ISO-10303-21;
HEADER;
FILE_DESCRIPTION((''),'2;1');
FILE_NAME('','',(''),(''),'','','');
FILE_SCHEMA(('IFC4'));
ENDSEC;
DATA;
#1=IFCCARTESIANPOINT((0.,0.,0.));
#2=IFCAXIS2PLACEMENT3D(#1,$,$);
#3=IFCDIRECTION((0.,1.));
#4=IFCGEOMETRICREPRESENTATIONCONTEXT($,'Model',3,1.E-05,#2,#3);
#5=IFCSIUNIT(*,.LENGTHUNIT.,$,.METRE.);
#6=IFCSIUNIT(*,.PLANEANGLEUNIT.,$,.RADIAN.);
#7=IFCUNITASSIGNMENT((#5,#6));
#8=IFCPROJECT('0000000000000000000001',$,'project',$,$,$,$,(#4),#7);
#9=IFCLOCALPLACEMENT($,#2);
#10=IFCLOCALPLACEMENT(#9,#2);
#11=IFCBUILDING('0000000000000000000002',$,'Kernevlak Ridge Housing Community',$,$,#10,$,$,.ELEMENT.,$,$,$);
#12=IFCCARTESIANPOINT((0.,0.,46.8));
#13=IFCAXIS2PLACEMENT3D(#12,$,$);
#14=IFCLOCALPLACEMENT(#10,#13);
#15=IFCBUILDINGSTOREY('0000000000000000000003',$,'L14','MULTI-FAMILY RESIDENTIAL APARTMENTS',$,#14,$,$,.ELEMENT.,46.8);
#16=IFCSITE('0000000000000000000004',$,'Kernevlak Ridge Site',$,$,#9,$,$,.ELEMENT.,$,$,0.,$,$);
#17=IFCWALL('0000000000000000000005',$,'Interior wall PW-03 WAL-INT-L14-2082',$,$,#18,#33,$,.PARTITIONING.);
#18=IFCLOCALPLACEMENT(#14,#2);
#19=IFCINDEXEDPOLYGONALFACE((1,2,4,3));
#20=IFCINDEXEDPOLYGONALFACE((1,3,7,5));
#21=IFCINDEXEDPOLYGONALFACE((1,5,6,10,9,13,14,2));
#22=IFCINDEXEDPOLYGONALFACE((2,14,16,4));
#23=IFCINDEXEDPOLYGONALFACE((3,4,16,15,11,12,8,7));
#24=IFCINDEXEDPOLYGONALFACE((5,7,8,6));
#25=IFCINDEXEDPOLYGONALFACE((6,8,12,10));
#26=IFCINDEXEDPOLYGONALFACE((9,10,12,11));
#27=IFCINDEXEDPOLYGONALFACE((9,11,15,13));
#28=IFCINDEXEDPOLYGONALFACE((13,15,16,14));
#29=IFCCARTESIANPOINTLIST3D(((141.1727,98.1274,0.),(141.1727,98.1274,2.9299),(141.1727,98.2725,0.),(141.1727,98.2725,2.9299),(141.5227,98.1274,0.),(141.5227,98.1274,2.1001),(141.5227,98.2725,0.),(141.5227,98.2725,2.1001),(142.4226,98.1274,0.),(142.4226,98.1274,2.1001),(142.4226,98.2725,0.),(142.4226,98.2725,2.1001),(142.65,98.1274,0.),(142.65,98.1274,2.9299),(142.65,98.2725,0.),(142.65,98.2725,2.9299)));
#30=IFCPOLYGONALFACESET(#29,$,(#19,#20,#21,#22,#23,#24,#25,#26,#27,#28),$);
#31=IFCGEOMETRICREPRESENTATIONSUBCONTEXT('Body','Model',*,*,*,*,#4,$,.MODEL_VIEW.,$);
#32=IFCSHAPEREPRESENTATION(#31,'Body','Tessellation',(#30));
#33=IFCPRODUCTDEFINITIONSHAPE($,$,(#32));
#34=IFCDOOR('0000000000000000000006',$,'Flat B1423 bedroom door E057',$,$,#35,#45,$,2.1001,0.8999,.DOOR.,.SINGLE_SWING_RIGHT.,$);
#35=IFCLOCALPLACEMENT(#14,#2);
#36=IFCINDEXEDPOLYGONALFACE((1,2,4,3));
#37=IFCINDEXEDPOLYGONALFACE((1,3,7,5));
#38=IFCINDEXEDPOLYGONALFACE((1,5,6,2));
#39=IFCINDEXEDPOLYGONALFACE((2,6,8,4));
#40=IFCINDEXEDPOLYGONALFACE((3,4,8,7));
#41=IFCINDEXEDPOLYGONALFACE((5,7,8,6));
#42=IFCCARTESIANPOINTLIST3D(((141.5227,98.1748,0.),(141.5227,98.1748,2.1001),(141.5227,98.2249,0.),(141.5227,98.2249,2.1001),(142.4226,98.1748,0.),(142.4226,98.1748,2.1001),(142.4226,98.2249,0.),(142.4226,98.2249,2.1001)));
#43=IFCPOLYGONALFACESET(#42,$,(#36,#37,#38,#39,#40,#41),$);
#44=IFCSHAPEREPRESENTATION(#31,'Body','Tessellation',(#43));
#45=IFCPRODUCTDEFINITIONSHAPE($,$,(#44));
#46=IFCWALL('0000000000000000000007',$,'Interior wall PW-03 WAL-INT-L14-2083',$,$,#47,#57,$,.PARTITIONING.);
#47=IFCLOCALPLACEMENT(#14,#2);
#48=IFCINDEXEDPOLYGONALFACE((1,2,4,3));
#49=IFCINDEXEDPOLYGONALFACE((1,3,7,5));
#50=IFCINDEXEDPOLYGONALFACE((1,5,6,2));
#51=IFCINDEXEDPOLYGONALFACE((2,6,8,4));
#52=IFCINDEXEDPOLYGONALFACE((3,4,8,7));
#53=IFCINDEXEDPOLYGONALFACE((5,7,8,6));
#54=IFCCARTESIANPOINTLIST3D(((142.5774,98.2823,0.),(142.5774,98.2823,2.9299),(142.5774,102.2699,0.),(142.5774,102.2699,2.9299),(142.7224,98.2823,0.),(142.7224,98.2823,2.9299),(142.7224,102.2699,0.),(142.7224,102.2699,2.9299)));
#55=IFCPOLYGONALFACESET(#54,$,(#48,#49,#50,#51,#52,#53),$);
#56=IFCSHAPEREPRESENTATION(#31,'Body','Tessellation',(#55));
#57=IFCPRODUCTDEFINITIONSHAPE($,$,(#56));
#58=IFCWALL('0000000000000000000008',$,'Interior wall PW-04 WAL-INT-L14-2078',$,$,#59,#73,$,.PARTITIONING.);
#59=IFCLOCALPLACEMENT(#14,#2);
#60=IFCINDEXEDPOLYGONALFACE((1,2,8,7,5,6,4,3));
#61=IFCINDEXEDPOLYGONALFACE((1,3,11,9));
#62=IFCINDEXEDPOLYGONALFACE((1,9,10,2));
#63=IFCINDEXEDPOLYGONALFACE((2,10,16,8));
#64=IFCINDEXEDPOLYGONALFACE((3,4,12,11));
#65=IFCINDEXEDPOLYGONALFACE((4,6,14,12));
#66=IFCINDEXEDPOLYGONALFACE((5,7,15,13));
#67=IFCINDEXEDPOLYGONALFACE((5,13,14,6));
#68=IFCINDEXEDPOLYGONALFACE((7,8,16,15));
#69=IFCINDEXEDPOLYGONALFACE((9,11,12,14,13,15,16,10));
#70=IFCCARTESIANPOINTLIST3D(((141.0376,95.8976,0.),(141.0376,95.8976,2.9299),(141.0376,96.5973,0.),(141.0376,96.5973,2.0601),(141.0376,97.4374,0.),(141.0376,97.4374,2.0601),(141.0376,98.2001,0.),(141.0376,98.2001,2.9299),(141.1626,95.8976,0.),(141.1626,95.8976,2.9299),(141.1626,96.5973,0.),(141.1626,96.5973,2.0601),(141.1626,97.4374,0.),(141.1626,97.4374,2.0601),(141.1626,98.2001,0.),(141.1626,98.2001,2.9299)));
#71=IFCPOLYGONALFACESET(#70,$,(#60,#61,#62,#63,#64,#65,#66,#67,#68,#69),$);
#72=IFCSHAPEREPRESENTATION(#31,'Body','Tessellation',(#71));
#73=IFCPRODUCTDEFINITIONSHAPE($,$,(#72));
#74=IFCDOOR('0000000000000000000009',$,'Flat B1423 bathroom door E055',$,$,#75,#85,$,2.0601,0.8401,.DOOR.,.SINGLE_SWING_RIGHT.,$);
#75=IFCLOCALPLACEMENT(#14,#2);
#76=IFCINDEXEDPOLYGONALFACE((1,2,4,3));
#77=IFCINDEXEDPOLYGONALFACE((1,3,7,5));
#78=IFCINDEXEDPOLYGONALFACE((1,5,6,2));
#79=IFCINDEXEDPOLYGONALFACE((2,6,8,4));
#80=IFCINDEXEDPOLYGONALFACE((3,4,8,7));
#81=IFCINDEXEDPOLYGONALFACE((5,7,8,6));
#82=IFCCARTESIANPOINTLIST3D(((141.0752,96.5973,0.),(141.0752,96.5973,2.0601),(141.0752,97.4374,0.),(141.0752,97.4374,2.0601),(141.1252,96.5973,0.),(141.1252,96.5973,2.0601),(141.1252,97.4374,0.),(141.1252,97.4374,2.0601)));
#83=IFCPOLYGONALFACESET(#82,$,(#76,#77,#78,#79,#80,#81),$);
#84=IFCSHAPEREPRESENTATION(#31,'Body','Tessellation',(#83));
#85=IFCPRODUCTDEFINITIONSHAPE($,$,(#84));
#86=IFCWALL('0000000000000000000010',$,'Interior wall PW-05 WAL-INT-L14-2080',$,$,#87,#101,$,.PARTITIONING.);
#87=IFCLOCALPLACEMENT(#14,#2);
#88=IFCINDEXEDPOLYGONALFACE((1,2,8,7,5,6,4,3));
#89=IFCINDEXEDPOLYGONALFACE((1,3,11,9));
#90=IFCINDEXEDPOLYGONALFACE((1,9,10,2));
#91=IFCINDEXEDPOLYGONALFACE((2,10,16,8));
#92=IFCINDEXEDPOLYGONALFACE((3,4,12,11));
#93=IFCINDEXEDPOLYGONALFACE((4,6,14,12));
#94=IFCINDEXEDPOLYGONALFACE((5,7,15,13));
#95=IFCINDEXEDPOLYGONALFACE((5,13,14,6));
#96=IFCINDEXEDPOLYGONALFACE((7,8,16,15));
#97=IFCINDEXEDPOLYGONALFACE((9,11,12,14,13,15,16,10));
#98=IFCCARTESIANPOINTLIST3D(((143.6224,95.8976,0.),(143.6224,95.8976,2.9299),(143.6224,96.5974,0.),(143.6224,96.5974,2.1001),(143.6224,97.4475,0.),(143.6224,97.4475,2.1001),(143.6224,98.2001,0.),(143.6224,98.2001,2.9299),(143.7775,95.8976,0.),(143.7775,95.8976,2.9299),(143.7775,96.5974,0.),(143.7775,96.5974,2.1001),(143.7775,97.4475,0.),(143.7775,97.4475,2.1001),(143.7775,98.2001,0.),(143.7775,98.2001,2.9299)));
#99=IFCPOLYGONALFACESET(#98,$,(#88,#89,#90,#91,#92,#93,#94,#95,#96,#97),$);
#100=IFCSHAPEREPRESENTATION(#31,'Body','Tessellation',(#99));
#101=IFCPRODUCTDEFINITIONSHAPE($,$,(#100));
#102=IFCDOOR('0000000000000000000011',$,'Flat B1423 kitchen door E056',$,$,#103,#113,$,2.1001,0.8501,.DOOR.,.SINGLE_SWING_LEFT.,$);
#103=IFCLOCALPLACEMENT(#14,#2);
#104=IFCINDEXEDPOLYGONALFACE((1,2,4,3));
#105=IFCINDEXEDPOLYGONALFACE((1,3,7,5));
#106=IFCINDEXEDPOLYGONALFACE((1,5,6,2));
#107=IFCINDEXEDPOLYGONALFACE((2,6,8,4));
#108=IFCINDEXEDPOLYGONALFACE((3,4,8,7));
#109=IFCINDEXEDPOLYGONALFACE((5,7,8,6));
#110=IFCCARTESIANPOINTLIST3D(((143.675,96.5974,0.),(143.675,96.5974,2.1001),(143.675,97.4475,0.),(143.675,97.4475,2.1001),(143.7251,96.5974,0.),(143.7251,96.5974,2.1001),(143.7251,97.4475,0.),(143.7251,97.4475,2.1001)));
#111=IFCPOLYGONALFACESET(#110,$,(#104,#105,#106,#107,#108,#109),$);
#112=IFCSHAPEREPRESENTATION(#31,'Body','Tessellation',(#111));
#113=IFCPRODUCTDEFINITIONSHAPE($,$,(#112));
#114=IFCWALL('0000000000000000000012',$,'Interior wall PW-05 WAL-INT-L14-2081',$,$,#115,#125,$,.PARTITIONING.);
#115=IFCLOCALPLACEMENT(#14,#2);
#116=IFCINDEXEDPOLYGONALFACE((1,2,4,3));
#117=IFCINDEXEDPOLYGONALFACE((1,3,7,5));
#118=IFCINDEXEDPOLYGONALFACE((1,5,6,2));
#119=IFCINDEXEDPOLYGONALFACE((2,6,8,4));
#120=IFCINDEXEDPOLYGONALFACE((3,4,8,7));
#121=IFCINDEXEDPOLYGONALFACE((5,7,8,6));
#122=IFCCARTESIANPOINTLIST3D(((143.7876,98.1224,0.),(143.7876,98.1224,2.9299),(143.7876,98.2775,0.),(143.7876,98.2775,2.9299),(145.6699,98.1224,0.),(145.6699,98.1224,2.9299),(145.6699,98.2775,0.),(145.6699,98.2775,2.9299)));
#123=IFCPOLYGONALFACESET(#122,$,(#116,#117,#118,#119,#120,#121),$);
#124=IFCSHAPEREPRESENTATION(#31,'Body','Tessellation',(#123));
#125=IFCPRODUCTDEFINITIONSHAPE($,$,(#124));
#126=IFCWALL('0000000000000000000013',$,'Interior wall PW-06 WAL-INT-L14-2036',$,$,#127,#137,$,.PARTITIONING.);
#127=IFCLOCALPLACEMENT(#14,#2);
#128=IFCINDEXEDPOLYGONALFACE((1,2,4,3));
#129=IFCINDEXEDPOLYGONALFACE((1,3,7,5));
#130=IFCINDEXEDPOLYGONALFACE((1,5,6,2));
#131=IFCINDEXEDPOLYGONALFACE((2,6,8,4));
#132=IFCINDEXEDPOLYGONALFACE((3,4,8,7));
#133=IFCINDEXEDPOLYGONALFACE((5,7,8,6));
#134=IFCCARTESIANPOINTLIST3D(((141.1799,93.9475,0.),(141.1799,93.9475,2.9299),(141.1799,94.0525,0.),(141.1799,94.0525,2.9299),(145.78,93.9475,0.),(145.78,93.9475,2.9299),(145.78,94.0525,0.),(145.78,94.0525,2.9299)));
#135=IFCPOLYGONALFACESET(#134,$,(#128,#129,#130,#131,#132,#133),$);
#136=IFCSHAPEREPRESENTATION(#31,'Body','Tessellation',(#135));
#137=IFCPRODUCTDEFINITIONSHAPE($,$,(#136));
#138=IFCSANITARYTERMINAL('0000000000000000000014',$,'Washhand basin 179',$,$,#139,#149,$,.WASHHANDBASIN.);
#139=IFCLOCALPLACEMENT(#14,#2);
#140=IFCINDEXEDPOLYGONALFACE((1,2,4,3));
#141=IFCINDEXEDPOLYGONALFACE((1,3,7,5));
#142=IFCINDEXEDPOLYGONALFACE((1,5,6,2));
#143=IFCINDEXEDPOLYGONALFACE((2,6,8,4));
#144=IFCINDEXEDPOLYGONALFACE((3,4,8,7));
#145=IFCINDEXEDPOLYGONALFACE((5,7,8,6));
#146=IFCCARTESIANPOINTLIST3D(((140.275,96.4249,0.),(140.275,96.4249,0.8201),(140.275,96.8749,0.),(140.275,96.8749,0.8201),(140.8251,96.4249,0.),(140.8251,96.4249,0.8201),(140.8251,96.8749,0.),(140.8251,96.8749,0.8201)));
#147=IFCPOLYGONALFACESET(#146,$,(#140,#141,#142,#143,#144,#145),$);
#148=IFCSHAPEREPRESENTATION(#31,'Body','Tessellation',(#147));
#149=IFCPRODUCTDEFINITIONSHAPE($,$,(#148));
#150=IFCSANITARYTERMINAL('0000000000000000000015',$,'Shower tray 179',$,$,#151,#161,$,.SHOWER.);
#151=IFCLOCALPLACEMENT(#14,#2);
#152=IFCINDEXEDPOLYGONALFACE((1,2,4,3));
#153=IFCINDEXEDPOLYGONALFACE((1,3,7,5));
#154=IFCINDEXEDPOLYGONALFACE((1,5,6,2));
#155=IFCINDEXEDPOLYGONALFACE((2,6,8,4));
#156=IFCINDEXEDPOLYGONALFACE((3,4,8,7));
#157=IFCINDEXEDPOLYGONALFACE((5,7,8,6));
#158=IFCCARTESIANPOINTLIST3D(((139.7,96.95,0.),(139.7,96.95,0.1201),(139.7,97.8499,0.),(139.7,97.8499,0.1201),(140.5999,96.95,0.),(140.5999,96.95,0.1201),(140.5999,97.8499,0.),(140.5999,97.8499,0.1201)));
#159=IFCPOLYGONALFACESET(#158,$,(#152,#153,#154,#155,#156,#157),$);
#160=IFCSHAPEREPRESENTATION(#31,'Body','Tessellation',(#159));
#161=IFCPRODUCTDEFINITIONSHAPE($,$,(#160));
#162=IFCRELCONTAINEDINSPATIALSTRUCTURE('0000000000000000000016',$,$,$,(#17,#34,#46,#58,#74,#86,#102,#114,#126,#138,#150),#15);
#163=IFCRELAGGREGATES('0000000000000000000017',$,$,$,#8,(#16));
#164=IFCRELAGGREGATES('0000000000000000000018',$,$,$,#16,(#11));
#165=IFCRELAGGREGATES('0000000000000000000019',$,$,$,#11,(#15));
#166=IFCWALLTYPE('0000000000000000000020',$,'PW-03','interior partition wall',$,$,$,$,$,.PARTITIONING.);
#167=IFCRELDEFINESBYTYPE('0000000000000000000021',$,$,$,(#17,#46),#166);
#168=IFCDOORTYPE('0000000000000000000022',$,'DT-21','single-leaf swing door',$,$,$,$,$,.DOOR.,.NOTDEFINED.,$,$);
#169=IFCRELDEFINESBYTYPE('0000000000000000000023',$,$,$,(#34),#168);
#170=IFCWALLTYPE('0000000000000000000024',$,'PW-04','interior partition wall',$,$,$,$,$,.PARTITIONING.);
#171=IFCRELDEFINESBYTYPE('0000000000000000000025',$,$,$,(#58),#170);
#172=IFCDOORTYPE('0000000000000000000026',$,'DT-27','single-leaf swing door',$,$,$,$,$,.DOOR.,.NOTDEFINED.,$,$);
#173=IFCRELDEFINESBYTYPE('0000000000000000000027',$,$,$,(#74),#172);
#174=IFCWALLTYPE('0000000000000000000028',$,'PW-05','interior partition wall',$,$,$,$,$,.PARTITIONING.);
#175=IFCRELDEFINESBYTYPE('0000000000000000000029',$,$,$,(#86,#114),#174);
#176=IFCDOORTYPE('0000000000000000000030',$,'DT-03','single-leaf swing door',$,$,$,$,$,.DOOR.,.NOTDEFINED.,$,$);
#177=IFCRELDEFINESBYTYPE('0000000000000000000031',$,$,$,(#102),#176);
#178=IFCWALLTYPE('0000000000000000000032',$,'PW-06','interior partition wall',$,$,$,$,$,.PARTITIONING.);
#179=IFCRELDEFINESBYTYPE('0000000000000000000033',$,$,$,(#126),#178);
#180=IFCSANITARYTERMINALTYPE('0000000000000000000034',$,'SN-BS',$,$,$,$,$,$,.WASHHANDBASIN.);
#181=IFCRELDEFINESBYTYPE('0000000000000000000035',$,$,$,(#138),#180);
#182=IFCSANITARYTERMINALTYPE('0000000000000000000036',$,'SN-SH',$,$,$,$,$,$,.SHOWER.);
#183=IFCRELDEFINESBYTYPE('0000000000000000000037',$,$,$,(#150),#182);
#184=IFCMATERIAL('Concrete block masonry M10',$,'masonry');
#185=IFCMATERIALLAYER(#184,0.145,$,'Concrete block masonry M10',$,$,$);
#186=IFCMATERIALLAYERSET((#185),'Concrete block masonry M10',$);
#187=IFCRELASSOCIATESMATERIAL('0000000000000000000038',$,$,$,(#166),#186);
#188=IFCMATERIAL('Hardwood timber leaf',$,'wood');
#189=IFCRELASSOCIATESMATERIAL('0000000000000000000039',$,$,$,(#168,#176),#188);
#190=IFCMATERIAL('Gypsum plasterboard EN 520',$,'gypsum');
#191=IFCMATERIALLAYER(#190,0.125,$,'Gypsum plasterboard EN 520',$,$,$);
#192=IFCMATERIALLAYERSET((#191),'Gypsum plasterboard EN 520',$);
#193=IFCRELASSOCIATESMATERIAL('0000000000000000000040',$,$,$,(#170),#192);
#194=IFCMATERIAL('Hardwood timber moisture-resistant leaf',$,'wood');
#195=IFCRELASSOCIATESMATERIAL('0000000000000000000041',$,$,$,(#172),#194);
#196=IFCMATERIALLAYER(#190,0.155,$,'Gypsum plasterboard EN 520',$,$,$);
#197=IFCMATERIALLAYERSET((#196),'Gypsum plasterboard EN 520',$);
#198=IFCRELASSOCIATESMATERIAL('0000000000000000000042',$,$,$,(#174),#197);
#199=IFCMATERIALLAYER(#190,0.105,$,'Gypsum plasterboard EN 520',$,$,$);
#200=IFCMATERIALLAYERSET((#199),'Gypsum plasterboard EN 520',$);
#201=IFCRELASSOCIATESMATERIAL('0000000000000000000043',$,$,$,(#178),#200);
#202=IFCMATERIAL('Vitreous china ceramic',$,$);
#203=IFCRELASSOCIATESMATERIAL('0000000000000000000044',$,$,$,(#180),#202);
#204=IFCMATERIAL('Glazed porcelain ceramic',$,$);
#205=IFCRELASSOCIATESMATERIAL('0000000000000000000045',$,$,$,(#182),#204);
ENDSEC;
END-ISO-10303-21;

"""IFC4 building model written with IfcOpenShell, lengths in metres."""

from ifc_helpers import new_model, si_unit, direction, frame, frame_2d, origin, origin_2d, place, context, subcontext, project, spatial, rectangle, extrude, material, layer, layer_set, type_object, element, fill, save


model = new_model("IFC4")

# Units and contexts
model_context = context("Model", 3, precision=1e-05, world=origin(), true_north=direction((0.0, 1.0)))
body_context = subcontext(model_context, "Body", "Model", "MODEL_VIEW")
ifc_project = project(units=[si_unit("LENGTHUNIT", "METRE"), si_unit("PLANEANGLEUNIT", "RADIAN")], contexts=[model_context])

# Site, building, storey
site_placement = place(None, origin())
site = spatial("IfcSite", under=ifc_project, at=site_placement, Name="Kernevlak Ridge Site", CompositionType="ELEMENT", RefElevation=0.0)
building_placement = place(site_placement, origin())
building = spatial("IfcBuilding", under=site, at=building_placement, Name="Kernevlak Ridge Housing Community", CompositionType="ELEMENT")
storey_placement = place(building_placement, frame((0.0, 0.0, 46.8)))
storey = spatial("IfcBuildingStorey", under=building, at=storey_placement, Name="L14", Description="MULTI-FAMILY RESIDENTIAL APARTMENTS", CompositionType="ELEMENT", Elevation=46.8)

# Shared definitions
ifc_material_1 = material(Name="Concrete block masonry M10", Category="masonry")

# Wall, opening, door
ifc_layer_1 = layer(ifc_material_1, 0.145, Name="Concrete block masonry M10")
ifc_layer_set_1 = layer_set([ifc_layer_1], Name="Concrete block masonry M10")
wall_type_1 = type_object("IfcWallType", Name="PW-03", Description="interior partition wall", PredefinedType="PARTITIONING", material=ifc_layer_set_1)
wall_1_placement = place(storey_placement, frame((141.1726, 98.2, 0.0), z_axis=(0.0, 0.0, 1.0), x_axis=(1.0, 0.0, 0.0)))
wall_1 = element("IfcWall", 1, at=wall_1_placement, inside=storey, type_object=wall_type_1, Name="Interior wall PW-03 WAL-INT-L14-2082", PredefinedType="PARTITIONING", context=body_context, shape_type="SweptSolid", body=[
    extrude(rectangle(XDim=1.4773, YDim=0.145, at=frame_2d((0.7388, 0.0))), origin(), (0.0, 0.0, 1.0), 2.9299),
])
opening_1_placement = place(wall_1_placement, frame((0.3501, 0.0, 0.0)))
opening_1 = element("IfcOpeningElement", 2, at=opening_1_placement, cuts=wall_1, PredefinedType="OPENING", context=body_context, shape_type="SweptSolid", body=[
    extrude(rectangle(XDim=0.8999, YDim=2.1001, at=frame_2d((0.45, 1.05))), frame((0.0, 0.0825, 0.0), z_axis=(0.0, -1.0, 0.0), x_axis=(1.0, 0.0, 0.0)), (0.0, 0.0, 1.0), 0.165),
])
ifc_material_2 = material(Name="Hardwood timber leaf", Category="wood")
door_type_1 = type_object("IfcDoorType", Name="DT-21", Description="single-leaf swing door", OperationType="NOTDEFINED", PredefinedType="DOOR", material=ifc_material_2)
door_1_placement = place(opening_1_placement, origin())
door_1 = element("IfcDoor", 3, at=door_1_placement, inside=storey, type_object=door_type_1, Name="Flat B1423 bedroom door E057", OperationType="SINGLE_SWING_RIGHT", OverallHeight=2.1001, OverallWidth=0.8999, PredefinedType="DOOR", context=body_context, shape_type="SweptSolid", body=[
    extrude(rectangle(XDim=0.8999, YDim=2.1001, at=frame_2d((0.45, 1.05))), frame((0.0, 0.0249, 0.0), z_axis=(0.0, -1.0, 0.0), x_axis=(1.0, 0.0, 0.0)), (0.0, 0.0, 1.0), 0.05),
])
fill(opening_1, door_1)

# Wall
wall_2_placement = place(storey_placement, frame((142.6499, 98.2825, 0.0), z_axis=(0.0, 0.0, 1.0), x_axis=(0.0, 1.0, 0.0)))
element("IfcWall", 4, at=wall_2_placement, inside=storey, type_object=wall_type_1, Name="Interior wall PW-03 WAL-INT-L14-2083", PredefinedType="PARTITIONING", context=body_context, shape_type="SweptSolid", body=[
    extrude(rectangle(XDim=3.9875, YDim=0.145, at=frame_2d((1.9937, 0.0))), origin(), (0.0, 0.0, 1.0), 2.9299),
])

# Walls, openings, doors
ifc_material_3 = material(Name="Gypsum plasterboard EN 520", Category="gypsum")
ifc_layer_2 = layer(ifc_material_3, 0.125, Name="Gypsum plasterboard EN 520")
ifc_layer_set_2 = layer_set([ifc_layer_2], Name="Gypsum plasterboard EN 520")
wall_type_2 = type_object("IfcWallType", Name="PW-04", Description="interior partition wall", PredefinedType="PARTITIONING", material=ifc_layer_set_2)
wall_3_placement = place(storey_placement, frame((141.1001, 95.8975, 0.0), z_axis=(0.0, 0.0, 1.0), x_axis=(0.0, 1.0, 0.0)))
wall_3 = element("IfcWall", 5, at=wall_3_placement, inside=storey, type_object=wall_type_2, Name="Interior wall PW-04 WAL-INT-L14-2078", PredefinedType="PARTITIONING", context=body_context, shape_type="SweptSolid", body=[
    extrude(rectangle(XDim=2.3025, YDim=0.125, at=frame_2d((1.1514, 0.0))), origin(), (0.0, 0.0, 1.0), 2.9299),
])
opening_2_placement = place(wall_3_placement, frame((0.7, 0.0, 0.0)))
opening_2 = element("IfcOpeningElement", 6, at=opening_2_placement, cuts=wall_3, PredefinedType="OPENING", context=body_context, shape_type="SweptSolid", body=[
    extrude(rectangle(XDim=0.8401, YDim=2.0601, at=frame_2d((0.4199, 1.03))), frame((0.0, 0.0725, 0.0), z_axis=(0.0, -1.0, 0.0), x_axis=(1.0, 0.0, 0.0)), (0.0, 0.0, 1.0), 0.145),
])
ifc_material_4 = material(Name="Hardwood timber moisture-resistant leaf", Category="wood")
door_type_2 = type_object("IfcDoorType", Name="DT-27", Description="single-leaf swing door", OperationType="NOTDEFINED", PredefinedType="DOOR", material=ifc_material_4)
door_2_placement = place(opening_2_placement, origin())
door_2 = element("IfcDoor", 7, at=door_2_placement, inside=storey, type_object=door_type_2, Name="Flat B1423 bathroom door E055", OperationType="SINGLE_SWING_RIGHT", OverallHeight=2.0601, OverallWidth=0.8401, PredefinedType="DOOR", context=body_context, shape_type="SweptSolid", body=[
    extrude(rectangle(XDim=0.8401, YDim=2.0601, at=frame_2d((0.4199, 1.03))), frame((0.0, 0.0249, 0.0), z_axis=(0.0, -1.0, 0.0), x_axis=(1.0, 0.0, 0.0)), (0.0, 0.0, 1.0), 0.05),
])
fill(opening_2, door_2)
ifc_layer_3 = layer(ifc_material_3, 0.155, Name="Gypsum plasterboard EN 520")
ifc_layer_set_3 = layer_set([ifc_layer_3], Name="Gypsum plasterboard EN 520")
wall_type_3 = type_object("IfcWallType", Name="PW-05", Description="interior partition wall", PredefinedType="PARTITIONING", material=ifc_layer_set_3)
wall_4_placement = place(storey_placement, frame((143.7, 95.8975, 0.0), z_axis=(0.0, 0.0, 1.0), x_axis=(0.0, 1.0, 0.0)))
wall_4 = element("IfcWall", 8, at=wall_4_placement, inside=storey, type_object=wall_type_3, Name="Interior wall PW-05 WAL-INT-L14-2080", PredefinedType="PARTITIONING", context=body_context, shape_type="SweptSolid", body=[
    extrude(rectangle(XDim=2.3025, YDim=0.155, at=frame_2d((1.1514, 0.0))), origin(), (0.0, 0.0, 1.0), 2.9299),
])
opening_3_placement = place(wall_4_placement, frame((0.7, 0.0, 0.0)))
opening_3 = element("IfcOpeningElement", 9, at=opening_3_placement, cuts=wall_4, PredefinedType="OPENING", context=body_context, shape_type="SweptSolid", body=[
    extrude(rectangle(XDim=0.8501, YDim=2.1001, at=frame_2d((0.425, 1.05))), frame((0.0, 0.0874, 0.0), z_axis=(0.0, -1.0, 0.0), x_axis=(1.0, 0.0, 0.0)), (0.0, 0.0, 1.0), 0.175),
])
door_type_3 = type_object("IfcDoorType", Name="DT-03", Description="single-leaf swing door", OperationType="NOTDEFINED", PredefinedType="DOOR", material=ifc_material_2)
door_3_placement = place(opening_3_placement, origin())
door_3 = element("IfcDoor", 10, at=door_3_placement, inside=storey, type_object=door_type_3, Name="Flat B1423 kitchen door E056", OperationType="SINGLE_SWING_LEFT", OverallHeight=2.1001, OverallWidth=0.8501, PredefinedType="DOOR", context=body_context, shape_type="SweptSolid", body=[
    extrude(rectangle(XDim=0.8501, YDim=2.1001, at=frame_2d((0.425, 1.05))), frame((0.0, 0.0249, 0.0), z_axis=(0.0, -1.0, 0.0), x_axis=(1.0, 0.0, 0.0)), (0.0, 0.0, 1.0), 0.05),
])
fill(opening_3, door_3)

# Walls
wall_5_placement = place(storey_placement, frame((143.7876, 98.2, 0.0), z_axis=(0.0, 0.0, 1.0), x_axis=(1.0, 0.0, 0.0)))
element("IfcWall", 11, at=wall_5_placement, inside=storey, type_object=wall_type_3, Name="Interior wall PW-05 WAL-INT-L14-2081", PredefinedType="PARTITIONING", context=body_context, shape_type="SweptSolid", body=[
    extrude(rectangle(XDim=1.8823, YDim=0.155, at=frame_2d((0.9412, 0.0))), origin(), (0.0, 0.0, 1.0), 2.9299),
])
ifc_layer_4 = layer(ifc_material_3, 0.105, Name="Gypsum plasterboard EN 520")
ifc_layer_set_4 = layer_set([ifc_layer_4], Name="Gypsum plasterboard EN 520")
wall_type_4 = type_object("IfcWallType", Name="PW-06", Description="interior partition wall", PredefinedType="PARTITIONING", material=ifc_layer_set_4)
wall_6_placement = place(storey_placement, frame((141.1799, 94.0, 0.0), z_axis=(0.0, 0.0, 1.0), x_axis=(1.0, 0.0, 0.0)))
element("IfcWall", 12, at=wall_6_placement, inside=storey, type_object=wall_type_4, Name="Interior wall PW-06 WAL-INT-L14-2036", PredefinedType="PARTITIONING", context=body_context, shape_type="SweptSolid", body=[
    extrude(rectangle(XDim=4.6001, YDim=0.105, at=frame_2d((2.3, 0.0))), origin(), (0.0, 0.0, 1.0), 2.9299),
])

# Sanitary terminals
ifc_material_5 = material(Name="Vitreous china ceramic")
sanitary_terminal_type_1 = type_object("IfcSanitaryTerminalType", Name="SN-BS", PredefinedType="WASHHANDBASIN", material=ifc_material_5)
sanitary_terminal_1_placement = place(storey_placement, frame((140.55, 96.6499, 0.0), z_axis=(0.0, 0.0, 1.0), x_axis=(1.0, 0.0, 0.0)))
element("IfcSanitaryTerminal", 13, at=sanitary_terminal_1_placement, inside=storey, type_object=sanitary_terminal_type_1, Name="Washhand basin 179", PredefinedType="WASHHANDBASIN", context=body_context, shape_type="SweptSolid", body=[
    extrude(rectangle(XDim=0.55, YDim=0.45, at=origin_2d()), origin(), (0.0, 0.0, 1.0), 0.8201),
])
ifc_material_6 = material(Name="Glazed porcelain ceramic")
sanitary_terminal_type_2 = type_object("IfcSanitaryTerminalType", Name="SN-SH", PredefinedType="SHOWER", material=ifc_material_6)
sanitary_terminal_2_placement = place(storey_placement, frame((140.1499, 97.3999, 0.0), z_axis=(0.0, 0.0, 1.0), x_axis=(1.0, 0.0, 0.0)))
element("IfcSanitaryTerminal", 14, at=sanitary_terminal_2_placement, inside=storey, type_object=sanitary_terminal_type_2, Name="Shower tray 179", PredefinedType="SHOWER", context=body_context, shape_type="SweptSolid", body=[
    extrude(rectangle(XDim=0.8999, YDim=0.8999, at=origin_2d()), origin(), (0.0, 0.0, 1.0), 0.1201),
])

save(model, "model.ifc")
